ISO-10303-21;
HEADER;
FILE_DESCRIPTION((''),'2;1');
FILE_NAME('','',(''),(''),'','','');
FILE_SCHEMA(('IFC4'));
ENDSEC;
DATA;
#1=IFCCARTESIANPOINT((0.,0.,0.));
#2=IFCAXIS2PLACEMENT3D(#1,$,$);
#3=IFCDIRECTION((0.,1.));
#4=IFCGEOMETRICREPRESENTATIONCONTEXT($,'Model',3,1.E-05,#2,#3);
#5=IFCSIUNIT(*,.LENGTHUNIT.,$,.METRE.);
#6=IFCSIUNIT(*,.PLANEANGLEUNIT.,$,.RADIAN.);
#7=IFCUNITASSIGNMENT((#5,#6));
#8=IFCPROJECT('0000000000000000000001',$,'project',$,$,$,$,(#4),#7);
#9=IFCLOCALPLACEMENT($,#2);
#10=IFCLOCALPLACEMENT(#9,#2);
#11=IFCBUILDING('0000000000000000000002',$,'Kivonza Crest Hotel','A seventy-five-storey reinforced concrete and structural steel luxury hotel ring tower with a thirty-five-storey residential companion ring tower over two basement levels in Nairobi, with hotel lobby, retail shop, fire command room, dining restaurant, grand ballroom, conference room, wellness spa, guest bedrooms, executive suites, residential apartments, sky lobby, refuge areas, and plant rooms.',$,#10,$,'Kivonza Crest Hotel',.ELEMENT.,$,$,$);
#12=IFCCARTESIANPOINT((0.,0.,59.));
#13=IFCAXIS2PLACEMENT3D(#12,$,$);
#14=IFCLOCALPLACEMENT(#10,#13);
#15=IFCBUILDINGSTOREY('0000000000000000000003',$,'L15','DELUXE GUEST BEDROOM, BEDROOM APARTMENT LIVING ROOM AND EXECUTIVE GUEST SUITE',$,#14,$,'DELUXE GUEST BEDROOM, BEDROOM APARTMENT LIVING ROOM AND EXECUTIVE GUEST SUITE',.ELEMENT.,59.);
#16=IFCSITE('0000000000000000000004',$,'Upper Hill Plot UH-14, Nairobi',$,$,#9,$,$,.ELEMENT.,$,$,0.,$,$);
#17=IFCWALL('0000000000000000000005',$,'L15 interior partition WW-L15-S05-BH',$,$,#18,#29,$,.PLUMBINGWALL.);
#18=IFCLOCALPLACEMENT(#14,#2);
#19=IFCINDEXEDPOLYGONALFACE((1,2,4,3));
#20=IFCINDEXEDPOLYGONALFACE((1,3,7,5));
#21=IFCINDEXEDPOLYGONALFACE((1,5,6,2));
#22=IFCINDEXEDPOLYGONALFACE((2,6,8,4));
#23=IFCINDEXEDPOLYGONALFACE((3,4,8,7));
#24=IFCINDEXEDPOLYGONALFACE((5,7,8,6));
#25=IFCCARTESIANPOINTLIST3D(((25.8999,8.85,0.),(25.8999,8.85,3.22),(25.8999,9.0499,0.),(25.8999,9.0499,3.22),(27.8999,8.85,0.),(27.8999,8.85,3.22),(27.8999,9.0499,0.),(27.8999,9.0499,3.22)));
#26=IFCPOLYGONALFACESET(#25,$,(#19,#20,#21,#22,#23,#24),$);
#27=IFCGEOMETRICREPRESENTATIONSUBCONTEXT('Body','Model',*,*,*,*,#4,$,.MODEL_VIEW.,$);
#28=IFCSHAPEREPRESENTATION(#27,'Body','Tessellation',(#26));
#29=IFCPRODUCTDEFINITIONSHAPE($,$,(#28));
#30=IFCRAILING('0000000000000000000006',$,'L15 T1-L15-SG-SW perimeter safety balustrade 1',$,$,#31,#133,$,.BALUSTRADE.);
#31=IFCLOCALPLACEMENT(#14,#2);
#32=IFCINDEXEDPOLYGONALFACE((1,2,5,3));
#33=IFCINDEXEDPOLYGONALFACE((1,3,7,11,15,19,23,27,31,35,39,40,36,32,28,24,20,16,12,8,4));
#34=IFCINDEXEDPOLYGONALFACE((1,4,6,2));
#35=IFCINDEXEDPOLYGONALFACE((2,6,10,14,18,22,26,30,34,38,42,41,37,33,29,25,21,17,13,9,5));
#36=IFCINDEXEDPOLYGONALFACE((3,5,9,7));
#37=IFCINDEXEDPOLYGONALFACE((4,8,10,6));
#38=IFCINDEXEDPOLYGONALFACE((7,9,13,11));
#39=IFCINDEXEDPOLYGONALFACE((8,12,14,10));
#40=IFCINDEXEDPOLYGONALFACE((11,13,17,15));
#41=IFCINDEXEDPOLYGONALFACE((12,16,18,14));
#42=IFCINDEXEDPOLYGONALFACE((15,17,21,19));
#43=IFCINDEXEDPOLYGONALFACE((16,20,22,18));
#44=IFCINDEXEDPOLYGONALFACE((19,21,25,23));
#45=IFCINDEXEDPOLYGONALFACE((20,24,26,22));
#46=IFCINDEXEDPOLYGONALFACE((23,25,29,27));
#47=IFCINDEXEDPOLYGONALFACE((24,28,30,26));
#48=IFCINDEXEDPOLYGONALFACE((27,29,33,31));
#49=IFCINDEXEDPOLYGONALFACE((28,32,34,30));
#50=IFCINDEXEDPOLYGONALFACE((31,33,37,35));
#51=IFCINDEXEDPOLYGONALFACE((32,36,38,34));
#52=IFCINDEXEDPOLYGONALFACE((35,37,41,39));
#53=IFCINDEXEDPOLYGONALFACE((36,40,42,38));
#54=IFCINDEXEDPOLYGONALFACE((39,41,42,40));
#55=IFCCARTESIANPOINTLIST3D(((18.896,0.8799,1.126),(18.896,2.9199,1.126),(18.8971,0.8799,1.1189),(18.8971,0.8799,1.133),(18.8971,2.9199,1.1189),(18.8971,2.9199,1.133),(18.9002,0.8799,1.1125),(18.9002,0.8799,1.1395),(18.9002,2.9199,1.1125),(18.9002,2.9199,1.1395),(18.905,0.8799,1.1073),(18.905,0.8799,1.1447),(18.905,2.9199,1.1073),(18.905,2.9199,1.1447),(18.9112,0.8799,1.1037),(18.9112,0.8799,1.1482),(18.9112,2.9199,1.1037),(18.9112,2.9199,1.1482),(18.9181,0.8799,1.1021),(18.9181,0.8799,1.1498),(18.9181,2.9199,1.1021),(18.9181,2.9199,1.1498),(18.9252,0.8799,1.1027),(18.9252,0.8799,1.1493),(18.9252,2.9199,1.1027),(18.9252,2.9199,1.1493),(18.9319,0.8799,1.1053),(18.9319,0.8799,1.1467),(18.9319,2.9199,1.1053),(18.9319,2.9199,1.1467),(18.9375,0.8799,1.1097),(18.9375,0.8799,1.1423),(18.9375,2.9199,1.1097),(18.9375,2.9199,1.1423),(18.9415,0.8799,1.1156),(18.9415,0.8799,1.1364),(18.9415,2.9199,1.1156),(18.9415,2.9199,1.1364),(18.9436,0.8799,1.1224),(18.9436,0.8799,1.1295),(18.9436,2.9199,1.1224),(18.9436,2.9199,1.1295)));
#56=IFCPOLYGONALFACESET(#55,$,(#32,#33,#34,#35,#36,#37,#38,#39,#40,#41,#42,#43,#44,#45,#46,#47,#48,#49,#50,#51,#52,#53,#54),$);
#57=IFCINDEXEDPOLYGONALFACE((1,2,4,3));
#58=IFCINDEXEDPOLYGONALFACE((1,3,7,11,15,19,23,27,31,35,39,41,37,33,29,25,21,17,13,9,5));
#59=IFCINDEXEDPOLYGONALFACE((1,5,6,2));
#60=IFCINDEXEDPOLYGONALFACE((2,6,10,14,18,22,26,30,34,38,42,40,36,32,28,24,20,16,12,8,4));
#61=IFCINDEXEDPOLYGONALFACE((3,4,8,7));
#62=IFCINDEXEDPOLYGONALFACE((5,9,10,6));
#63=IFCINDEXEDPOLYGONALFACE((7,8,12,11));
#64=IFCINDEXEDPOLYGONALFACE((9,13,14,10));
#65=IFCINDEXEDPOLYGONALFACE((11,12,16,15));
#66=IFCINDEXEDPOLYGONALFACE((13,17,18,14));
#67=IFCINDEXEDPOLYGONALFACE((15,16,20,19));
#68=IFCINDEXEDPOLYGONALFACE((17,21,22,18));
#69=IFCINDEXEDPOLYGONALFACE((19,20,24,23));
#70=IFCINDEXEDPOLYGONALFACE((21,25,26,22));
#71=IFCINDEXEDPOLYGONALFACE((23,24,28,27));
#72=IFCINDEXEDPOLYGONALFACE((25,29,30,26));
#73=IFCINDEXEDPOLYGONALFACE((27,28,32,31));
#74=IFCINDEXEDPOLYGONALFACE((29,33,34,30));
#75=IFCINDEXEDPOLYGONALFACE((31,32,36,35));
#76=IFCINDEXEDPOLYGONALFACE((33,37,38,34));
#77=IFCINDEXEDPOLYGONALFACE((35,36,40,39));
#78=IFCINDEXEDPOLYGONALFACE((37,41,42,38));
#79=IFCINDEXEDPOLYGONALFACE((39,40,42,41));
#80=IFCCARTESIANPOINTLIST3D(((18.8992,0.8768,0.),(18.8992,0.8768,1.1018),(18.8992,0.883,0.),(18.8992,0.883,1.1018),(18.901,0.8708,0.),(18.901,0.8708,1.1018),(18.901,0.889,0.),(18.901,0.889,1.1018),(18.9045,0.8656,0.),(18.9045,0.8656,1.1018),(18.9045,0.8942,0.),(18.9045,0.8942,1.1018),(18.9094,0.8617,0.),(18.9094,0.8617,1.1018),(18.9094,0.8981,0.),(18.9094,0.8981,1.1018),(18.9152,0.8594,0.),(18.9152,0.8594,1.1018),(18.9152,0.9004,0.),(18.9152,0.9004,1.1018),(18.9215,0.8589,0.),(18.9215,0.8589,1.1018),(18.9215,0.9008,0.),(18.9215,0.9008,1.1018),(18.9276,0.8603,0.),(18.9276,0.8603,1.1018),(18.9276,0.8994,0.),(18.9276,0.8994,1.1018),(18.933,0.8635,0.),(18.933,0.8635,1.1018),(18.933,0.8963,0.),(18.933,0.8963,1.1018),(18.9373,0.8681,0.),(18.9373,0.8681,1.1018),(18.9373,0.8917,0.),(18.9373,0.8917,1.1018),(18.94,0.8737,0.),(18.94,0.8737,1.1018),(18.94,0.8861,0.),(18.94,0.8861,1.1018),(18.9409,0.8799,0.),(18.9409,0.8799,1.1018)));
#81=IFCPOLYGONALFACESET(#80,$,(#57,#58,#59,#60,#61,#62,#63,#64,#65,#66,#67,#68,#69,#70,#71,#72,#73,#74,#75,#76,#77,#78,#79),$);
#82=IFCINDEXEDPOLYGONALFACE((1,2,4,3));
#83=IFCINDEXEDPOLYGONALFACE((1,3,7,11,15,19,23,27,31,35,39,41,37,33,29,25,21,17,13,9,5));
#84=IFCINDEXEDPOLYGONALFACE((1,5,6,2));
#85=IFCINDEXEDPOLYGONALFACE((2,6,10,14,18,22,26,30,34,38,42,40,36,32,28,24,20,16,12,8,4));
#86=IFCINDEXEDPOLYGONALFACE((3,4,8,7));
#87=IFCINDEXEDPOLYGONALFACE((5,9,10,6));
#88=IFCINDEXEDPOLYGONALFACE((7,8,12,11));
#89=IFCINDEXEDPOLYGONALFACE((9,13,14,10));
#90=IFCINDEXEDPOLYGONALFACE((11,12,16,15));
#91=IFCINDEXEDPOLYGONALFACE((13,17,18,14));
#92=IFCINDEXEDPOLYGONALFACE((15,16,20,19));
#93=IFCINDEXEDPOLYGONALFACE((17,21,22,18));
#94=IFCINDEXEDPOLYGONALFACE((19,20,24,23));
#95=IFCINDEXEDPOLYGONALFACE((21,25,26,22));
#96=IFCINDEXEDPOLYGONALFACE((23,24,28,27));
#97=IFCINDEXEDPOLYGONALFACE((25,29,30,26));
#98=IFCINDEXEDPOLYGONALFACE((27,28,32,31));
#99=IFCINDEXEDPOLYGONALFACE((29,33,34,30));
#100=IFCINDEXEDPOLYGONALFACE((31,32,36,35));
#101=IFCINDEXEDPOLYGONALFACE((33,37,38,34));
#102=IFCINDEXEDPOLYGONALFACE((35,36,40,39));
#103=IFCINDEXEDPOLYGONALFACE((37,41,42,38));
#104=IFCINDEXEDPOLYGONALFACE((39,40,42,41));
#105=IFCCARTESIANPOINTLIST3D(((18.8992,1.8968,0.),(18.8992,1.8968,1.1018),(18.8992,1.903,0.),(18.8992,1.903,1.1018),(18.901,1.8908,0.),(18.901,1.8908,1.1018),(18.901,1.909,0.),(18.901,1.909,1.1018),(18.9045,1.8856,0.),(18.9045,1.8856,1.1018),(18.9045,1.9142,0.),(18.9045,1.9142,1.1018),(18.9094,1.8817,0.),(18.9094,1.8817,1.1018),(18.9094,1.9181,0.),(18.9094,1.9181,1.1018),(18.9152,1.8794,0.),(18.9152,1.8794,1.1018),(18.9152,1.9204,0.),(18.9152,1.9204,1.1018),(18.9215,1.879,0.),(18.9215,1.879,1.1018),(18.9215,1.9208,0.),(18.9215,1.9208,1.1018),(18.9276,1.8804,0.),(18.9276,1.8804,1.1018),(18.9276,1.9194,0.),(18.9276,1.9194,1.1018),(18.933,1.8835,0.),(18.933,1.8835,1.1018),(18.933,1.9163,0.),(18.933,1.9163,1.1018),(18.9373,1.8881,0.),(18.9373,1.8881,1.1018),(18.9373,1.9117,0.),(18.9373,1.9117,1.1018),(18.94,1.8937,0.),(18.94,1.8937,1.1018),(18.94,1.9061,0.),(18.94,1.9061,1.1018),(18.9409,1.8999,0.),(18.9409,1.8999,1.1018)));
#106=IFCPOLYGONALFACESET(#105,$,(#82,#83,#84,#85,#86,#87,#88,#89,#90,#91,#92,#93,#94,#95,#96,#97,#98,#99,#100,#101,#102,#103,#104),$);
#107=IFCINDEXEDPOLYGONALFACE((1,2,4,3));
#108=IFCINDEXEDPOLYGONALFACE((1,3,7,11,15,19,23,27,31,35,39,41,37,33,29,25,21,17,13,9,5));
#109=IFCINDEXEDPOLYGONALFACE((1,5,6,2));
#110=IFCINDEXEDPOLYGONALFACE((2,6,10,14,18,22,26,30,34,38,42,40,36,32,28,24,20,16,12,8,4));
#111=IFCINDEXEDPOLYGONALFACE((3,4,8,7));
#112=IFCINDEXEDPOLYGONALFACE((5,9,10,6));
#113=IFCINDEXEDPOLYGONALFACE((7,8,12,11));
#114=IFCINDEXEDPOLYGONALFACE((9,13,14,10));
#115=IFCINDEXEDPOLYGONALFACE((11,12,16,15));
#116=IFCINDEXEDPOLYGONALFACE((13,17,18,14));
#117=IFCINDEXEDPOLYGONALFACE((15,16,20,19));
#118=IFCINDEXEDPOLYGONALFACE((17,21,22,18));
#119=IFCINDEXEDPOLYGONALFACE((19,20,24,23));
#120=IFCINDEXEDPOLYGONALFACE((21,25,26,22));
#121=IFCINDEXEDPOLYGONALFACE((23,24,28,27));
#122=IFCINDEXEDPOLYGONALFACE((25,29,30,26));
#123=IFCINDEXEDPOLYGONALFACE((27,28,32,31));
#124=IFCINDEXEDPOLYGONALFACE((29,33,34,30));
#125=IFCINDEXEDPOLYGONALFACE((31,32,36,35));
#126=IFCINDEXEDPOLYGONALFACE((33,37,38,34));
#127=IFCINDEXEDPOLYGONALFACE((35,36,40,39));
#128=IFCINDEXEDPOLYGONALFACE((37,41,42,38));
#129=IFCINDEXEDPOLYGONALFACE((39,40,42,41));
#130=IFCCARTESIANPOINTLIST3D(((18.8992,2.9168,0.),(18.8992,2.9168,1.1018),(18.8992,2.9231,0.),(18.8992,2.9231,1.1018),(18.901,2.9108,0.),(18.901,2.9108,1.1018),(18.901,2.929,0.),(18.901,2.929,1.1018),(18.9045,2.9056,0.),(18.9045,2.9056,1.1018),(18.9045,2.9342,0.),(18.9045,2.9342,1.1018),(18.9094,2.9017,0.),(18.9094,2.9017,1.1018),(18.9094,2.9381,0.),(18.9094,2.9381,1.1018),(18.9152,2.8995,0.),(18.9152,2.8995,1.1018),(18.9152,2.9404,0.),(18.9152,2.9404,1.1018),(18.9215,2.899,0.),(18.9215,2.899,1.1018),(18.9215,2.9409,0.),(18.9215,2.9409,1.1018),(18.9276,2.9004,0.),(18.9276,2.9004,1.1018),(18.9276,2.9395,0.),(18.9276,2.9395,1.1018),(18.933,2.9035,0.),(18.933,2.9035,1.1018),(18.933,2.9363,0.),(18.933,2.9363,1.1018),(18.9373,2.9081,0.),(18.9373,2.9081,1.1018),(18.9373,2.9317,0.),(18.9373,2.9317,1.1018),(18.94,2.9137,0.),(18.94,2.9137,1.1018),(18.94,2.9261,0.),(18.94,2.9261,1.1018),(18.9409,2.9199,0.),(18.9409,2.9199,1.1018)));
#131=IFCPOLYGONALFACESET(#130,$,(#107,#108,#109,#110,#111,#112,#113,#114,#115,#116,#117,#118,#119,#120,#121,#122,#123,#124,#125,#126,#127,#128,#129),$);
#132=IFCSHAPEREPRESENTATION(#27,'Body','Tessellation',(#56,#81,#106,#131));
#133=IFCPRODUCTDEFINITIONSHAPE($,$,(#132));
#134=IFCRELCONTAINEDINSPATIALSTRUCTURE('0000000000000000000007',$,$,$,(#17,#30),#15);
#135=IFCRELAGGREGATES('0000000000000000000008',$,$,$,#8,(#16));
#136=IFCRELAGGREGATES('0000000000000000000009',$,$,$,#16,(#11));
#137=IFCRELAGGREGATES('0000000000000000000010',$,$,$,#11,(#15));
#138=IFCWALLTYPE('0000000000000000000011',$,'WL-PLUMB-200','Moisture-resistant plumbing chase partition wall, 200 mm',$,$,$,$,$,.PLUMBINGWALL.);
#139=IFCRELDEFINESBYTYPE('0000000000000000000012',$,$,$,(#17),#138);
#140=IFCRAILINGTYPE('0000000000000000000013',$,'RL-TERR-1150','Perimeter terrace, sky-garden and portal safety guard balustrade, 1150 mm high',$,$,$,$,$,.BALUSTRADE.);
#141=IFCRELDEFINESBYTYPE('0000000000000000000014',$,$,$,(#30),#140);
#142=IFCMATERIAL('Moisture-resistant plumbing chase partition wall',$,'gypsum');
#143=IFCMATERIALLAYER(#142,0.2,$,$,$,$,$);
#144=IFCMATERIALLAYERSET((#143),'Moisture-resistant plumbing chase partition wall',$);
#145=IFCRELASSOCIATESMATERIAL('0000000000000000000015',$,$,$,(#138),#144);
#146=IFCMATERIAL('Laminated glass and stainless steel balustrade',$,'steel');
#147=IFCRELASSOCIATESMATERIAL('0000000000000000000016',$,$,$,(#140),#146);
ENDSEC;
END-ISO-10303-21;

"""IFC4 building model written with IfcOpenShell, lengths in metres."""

from ifc_helpers import new_model, si_unit, direction, frame, frame_2d, origin, origin_2d, place, context, subcontext, project, spatial, rectangle, circle, extrude, material, layer, layer_set, type_object, element, save


model = new_model("IFC4")

# Units and contexts
model_context = context("Model", 3, precision=1e-05, world=origin(), true_north=direction((0.0, 1.0)))
body_context = subcontext(model_context, "Body", "Model", "MODEL_VIEW")
ifc_project = project(units=[si_unit("LENGTHUNIT", "METRE"), si_unit("PLANEANGLEUNIT", "RADIAN")], contexts=[model_context])

# Site, building, storey
site_placement = place(None, origin())
site = spatial("IfcSite", under=ifc_project, at=site_placement, Name="Upper Hill Plot UH-14, Nairobi", CompositionType="ELEMENT", RefElevation=0.0)
building_placement = place(site_placement, origin())
building = spatial("IfcBuilding", under=site, at=building_placement, Name="Kivonza Crest Hotel", Description="A seventy-five-storey reinforced concrete and structural steel luxury hotel ring tower with a thirty-five-storey residential companion ring tower over two basement levels in Nairobi, with hotel lobby, retail shop, fire command room, dining restaurant, grand ballroom, conference room, wellness spa, guest bedrooms, executive suites, residential apartments, sky lobby, refuge areas, and plant rooms.", LongName="Kivonza Crest Hotel", CompositionType="ELEMENT")
storey_placement = place(building_placement, frame((0.0, 0.0, 59.0)))
storey = spatial("IfcBuildingStorey", under=building, at=storey_placement, Name="L15", Description="DELUXE GUEST BEDROOM, BEDROOM APARTMENT LIVING ROOM AND EXECUTIVE GUEST SUITE", LongName="DELUXE GUEST BEDROOM, BEDROOM APARTMENT LIVING ROOM AND EXECUTIVE GUEST SUITE", CompositionType="ELEMENT", Elevation=59.0)

# Shared definitions
ifc_material_1 = material(Name="Moisture-resistant plumbing chase partition wall", Category="gypsum")
ifc_layer_1 = layer(ifc_material_1, 0.2)
ifc_layer_set_1 = layer_set([ifc_layer_1], Name="Moisture-resistant plumbing chase partition wall")
wall_type_1 = type_object("IfcWallType", Name="WL-PLUMB-200", Description="Moisture-resistant plumbing chase partition wall, 200 mm", PredefinedType="PLUMBINGWALL", material=ifc_layer_set_1)

# Wall
wall_1_placement = place(storey_placement, frame((25.8999, 8.95, 0.0), z_axis=(0.0, 0.0, 1.0), x_axis=(1.0, 0.0, 0.0)))
element("IfcWall", 1, at=wall_1_placement, inside=storey, type_object=wall_type_1, Name="L15 interior partition WW-L15-S05-BH", PredefinedType="PLUMBINGWALL", context=body_context, shape_type="SweptSolid", body=[
    extrude(rectangle(XDim=2.0, YDim=0.2, at=frame_2d((1.0, 0.0))), origin(), (0.0, 0.0, 1.0), 3.22),
])

# Railing
ifc_material_2 = material(Name="Laminated glass and stainless steel balustrade", Category="steel")
railing_type = type_object("IfcRailingType", Name="RL-TERR-1150", Description="Perimeter terrace, sky-garden and portal safety guard balustrade, 1150 mm high", PredefinedType="BALUSTRADE", material=ifc_material_2)
railing_1_placement = place(storey_placement, frame((18.9199, 0.8799, 0.0)))
element("IfcRailing", 2, at=railing_1_placement, inside=storey, type_object=railing_type, Name="L15 T1-L15-SG-SW perimeter safety balustrade 1", PredefinedType="BALUSTRADE", context=body_context, shape_type="SweptSolid", body=[
    extrude(circle(Radius=0.0239, at=origin_2d()), frame((0.0, 0.0, 1.126), z_axis=(0.0, 1.0, 0.0), x_axis=(-1.0, 0.0, 0.0)), (0.0, 0.0, 1.0), 2.04),
    extrude(circle(Radius=0.021, at=origin_2d()), origin(), (0.0, 0.0, 1.0), 1.1018),
    extrude(circle(Radius=0.021, at=origin_2d()), frame((0.0, 1.02, 0.0)), (0.0, 0.0, 1.0), 1.1018),
    extrude(circle(Radius=0.021, at=origin_2d()), frame((0.0, 2.04, 0.0)), (0.0, 0.0, 1.0), 1.1018),
])

save(model, "model.ifc")
